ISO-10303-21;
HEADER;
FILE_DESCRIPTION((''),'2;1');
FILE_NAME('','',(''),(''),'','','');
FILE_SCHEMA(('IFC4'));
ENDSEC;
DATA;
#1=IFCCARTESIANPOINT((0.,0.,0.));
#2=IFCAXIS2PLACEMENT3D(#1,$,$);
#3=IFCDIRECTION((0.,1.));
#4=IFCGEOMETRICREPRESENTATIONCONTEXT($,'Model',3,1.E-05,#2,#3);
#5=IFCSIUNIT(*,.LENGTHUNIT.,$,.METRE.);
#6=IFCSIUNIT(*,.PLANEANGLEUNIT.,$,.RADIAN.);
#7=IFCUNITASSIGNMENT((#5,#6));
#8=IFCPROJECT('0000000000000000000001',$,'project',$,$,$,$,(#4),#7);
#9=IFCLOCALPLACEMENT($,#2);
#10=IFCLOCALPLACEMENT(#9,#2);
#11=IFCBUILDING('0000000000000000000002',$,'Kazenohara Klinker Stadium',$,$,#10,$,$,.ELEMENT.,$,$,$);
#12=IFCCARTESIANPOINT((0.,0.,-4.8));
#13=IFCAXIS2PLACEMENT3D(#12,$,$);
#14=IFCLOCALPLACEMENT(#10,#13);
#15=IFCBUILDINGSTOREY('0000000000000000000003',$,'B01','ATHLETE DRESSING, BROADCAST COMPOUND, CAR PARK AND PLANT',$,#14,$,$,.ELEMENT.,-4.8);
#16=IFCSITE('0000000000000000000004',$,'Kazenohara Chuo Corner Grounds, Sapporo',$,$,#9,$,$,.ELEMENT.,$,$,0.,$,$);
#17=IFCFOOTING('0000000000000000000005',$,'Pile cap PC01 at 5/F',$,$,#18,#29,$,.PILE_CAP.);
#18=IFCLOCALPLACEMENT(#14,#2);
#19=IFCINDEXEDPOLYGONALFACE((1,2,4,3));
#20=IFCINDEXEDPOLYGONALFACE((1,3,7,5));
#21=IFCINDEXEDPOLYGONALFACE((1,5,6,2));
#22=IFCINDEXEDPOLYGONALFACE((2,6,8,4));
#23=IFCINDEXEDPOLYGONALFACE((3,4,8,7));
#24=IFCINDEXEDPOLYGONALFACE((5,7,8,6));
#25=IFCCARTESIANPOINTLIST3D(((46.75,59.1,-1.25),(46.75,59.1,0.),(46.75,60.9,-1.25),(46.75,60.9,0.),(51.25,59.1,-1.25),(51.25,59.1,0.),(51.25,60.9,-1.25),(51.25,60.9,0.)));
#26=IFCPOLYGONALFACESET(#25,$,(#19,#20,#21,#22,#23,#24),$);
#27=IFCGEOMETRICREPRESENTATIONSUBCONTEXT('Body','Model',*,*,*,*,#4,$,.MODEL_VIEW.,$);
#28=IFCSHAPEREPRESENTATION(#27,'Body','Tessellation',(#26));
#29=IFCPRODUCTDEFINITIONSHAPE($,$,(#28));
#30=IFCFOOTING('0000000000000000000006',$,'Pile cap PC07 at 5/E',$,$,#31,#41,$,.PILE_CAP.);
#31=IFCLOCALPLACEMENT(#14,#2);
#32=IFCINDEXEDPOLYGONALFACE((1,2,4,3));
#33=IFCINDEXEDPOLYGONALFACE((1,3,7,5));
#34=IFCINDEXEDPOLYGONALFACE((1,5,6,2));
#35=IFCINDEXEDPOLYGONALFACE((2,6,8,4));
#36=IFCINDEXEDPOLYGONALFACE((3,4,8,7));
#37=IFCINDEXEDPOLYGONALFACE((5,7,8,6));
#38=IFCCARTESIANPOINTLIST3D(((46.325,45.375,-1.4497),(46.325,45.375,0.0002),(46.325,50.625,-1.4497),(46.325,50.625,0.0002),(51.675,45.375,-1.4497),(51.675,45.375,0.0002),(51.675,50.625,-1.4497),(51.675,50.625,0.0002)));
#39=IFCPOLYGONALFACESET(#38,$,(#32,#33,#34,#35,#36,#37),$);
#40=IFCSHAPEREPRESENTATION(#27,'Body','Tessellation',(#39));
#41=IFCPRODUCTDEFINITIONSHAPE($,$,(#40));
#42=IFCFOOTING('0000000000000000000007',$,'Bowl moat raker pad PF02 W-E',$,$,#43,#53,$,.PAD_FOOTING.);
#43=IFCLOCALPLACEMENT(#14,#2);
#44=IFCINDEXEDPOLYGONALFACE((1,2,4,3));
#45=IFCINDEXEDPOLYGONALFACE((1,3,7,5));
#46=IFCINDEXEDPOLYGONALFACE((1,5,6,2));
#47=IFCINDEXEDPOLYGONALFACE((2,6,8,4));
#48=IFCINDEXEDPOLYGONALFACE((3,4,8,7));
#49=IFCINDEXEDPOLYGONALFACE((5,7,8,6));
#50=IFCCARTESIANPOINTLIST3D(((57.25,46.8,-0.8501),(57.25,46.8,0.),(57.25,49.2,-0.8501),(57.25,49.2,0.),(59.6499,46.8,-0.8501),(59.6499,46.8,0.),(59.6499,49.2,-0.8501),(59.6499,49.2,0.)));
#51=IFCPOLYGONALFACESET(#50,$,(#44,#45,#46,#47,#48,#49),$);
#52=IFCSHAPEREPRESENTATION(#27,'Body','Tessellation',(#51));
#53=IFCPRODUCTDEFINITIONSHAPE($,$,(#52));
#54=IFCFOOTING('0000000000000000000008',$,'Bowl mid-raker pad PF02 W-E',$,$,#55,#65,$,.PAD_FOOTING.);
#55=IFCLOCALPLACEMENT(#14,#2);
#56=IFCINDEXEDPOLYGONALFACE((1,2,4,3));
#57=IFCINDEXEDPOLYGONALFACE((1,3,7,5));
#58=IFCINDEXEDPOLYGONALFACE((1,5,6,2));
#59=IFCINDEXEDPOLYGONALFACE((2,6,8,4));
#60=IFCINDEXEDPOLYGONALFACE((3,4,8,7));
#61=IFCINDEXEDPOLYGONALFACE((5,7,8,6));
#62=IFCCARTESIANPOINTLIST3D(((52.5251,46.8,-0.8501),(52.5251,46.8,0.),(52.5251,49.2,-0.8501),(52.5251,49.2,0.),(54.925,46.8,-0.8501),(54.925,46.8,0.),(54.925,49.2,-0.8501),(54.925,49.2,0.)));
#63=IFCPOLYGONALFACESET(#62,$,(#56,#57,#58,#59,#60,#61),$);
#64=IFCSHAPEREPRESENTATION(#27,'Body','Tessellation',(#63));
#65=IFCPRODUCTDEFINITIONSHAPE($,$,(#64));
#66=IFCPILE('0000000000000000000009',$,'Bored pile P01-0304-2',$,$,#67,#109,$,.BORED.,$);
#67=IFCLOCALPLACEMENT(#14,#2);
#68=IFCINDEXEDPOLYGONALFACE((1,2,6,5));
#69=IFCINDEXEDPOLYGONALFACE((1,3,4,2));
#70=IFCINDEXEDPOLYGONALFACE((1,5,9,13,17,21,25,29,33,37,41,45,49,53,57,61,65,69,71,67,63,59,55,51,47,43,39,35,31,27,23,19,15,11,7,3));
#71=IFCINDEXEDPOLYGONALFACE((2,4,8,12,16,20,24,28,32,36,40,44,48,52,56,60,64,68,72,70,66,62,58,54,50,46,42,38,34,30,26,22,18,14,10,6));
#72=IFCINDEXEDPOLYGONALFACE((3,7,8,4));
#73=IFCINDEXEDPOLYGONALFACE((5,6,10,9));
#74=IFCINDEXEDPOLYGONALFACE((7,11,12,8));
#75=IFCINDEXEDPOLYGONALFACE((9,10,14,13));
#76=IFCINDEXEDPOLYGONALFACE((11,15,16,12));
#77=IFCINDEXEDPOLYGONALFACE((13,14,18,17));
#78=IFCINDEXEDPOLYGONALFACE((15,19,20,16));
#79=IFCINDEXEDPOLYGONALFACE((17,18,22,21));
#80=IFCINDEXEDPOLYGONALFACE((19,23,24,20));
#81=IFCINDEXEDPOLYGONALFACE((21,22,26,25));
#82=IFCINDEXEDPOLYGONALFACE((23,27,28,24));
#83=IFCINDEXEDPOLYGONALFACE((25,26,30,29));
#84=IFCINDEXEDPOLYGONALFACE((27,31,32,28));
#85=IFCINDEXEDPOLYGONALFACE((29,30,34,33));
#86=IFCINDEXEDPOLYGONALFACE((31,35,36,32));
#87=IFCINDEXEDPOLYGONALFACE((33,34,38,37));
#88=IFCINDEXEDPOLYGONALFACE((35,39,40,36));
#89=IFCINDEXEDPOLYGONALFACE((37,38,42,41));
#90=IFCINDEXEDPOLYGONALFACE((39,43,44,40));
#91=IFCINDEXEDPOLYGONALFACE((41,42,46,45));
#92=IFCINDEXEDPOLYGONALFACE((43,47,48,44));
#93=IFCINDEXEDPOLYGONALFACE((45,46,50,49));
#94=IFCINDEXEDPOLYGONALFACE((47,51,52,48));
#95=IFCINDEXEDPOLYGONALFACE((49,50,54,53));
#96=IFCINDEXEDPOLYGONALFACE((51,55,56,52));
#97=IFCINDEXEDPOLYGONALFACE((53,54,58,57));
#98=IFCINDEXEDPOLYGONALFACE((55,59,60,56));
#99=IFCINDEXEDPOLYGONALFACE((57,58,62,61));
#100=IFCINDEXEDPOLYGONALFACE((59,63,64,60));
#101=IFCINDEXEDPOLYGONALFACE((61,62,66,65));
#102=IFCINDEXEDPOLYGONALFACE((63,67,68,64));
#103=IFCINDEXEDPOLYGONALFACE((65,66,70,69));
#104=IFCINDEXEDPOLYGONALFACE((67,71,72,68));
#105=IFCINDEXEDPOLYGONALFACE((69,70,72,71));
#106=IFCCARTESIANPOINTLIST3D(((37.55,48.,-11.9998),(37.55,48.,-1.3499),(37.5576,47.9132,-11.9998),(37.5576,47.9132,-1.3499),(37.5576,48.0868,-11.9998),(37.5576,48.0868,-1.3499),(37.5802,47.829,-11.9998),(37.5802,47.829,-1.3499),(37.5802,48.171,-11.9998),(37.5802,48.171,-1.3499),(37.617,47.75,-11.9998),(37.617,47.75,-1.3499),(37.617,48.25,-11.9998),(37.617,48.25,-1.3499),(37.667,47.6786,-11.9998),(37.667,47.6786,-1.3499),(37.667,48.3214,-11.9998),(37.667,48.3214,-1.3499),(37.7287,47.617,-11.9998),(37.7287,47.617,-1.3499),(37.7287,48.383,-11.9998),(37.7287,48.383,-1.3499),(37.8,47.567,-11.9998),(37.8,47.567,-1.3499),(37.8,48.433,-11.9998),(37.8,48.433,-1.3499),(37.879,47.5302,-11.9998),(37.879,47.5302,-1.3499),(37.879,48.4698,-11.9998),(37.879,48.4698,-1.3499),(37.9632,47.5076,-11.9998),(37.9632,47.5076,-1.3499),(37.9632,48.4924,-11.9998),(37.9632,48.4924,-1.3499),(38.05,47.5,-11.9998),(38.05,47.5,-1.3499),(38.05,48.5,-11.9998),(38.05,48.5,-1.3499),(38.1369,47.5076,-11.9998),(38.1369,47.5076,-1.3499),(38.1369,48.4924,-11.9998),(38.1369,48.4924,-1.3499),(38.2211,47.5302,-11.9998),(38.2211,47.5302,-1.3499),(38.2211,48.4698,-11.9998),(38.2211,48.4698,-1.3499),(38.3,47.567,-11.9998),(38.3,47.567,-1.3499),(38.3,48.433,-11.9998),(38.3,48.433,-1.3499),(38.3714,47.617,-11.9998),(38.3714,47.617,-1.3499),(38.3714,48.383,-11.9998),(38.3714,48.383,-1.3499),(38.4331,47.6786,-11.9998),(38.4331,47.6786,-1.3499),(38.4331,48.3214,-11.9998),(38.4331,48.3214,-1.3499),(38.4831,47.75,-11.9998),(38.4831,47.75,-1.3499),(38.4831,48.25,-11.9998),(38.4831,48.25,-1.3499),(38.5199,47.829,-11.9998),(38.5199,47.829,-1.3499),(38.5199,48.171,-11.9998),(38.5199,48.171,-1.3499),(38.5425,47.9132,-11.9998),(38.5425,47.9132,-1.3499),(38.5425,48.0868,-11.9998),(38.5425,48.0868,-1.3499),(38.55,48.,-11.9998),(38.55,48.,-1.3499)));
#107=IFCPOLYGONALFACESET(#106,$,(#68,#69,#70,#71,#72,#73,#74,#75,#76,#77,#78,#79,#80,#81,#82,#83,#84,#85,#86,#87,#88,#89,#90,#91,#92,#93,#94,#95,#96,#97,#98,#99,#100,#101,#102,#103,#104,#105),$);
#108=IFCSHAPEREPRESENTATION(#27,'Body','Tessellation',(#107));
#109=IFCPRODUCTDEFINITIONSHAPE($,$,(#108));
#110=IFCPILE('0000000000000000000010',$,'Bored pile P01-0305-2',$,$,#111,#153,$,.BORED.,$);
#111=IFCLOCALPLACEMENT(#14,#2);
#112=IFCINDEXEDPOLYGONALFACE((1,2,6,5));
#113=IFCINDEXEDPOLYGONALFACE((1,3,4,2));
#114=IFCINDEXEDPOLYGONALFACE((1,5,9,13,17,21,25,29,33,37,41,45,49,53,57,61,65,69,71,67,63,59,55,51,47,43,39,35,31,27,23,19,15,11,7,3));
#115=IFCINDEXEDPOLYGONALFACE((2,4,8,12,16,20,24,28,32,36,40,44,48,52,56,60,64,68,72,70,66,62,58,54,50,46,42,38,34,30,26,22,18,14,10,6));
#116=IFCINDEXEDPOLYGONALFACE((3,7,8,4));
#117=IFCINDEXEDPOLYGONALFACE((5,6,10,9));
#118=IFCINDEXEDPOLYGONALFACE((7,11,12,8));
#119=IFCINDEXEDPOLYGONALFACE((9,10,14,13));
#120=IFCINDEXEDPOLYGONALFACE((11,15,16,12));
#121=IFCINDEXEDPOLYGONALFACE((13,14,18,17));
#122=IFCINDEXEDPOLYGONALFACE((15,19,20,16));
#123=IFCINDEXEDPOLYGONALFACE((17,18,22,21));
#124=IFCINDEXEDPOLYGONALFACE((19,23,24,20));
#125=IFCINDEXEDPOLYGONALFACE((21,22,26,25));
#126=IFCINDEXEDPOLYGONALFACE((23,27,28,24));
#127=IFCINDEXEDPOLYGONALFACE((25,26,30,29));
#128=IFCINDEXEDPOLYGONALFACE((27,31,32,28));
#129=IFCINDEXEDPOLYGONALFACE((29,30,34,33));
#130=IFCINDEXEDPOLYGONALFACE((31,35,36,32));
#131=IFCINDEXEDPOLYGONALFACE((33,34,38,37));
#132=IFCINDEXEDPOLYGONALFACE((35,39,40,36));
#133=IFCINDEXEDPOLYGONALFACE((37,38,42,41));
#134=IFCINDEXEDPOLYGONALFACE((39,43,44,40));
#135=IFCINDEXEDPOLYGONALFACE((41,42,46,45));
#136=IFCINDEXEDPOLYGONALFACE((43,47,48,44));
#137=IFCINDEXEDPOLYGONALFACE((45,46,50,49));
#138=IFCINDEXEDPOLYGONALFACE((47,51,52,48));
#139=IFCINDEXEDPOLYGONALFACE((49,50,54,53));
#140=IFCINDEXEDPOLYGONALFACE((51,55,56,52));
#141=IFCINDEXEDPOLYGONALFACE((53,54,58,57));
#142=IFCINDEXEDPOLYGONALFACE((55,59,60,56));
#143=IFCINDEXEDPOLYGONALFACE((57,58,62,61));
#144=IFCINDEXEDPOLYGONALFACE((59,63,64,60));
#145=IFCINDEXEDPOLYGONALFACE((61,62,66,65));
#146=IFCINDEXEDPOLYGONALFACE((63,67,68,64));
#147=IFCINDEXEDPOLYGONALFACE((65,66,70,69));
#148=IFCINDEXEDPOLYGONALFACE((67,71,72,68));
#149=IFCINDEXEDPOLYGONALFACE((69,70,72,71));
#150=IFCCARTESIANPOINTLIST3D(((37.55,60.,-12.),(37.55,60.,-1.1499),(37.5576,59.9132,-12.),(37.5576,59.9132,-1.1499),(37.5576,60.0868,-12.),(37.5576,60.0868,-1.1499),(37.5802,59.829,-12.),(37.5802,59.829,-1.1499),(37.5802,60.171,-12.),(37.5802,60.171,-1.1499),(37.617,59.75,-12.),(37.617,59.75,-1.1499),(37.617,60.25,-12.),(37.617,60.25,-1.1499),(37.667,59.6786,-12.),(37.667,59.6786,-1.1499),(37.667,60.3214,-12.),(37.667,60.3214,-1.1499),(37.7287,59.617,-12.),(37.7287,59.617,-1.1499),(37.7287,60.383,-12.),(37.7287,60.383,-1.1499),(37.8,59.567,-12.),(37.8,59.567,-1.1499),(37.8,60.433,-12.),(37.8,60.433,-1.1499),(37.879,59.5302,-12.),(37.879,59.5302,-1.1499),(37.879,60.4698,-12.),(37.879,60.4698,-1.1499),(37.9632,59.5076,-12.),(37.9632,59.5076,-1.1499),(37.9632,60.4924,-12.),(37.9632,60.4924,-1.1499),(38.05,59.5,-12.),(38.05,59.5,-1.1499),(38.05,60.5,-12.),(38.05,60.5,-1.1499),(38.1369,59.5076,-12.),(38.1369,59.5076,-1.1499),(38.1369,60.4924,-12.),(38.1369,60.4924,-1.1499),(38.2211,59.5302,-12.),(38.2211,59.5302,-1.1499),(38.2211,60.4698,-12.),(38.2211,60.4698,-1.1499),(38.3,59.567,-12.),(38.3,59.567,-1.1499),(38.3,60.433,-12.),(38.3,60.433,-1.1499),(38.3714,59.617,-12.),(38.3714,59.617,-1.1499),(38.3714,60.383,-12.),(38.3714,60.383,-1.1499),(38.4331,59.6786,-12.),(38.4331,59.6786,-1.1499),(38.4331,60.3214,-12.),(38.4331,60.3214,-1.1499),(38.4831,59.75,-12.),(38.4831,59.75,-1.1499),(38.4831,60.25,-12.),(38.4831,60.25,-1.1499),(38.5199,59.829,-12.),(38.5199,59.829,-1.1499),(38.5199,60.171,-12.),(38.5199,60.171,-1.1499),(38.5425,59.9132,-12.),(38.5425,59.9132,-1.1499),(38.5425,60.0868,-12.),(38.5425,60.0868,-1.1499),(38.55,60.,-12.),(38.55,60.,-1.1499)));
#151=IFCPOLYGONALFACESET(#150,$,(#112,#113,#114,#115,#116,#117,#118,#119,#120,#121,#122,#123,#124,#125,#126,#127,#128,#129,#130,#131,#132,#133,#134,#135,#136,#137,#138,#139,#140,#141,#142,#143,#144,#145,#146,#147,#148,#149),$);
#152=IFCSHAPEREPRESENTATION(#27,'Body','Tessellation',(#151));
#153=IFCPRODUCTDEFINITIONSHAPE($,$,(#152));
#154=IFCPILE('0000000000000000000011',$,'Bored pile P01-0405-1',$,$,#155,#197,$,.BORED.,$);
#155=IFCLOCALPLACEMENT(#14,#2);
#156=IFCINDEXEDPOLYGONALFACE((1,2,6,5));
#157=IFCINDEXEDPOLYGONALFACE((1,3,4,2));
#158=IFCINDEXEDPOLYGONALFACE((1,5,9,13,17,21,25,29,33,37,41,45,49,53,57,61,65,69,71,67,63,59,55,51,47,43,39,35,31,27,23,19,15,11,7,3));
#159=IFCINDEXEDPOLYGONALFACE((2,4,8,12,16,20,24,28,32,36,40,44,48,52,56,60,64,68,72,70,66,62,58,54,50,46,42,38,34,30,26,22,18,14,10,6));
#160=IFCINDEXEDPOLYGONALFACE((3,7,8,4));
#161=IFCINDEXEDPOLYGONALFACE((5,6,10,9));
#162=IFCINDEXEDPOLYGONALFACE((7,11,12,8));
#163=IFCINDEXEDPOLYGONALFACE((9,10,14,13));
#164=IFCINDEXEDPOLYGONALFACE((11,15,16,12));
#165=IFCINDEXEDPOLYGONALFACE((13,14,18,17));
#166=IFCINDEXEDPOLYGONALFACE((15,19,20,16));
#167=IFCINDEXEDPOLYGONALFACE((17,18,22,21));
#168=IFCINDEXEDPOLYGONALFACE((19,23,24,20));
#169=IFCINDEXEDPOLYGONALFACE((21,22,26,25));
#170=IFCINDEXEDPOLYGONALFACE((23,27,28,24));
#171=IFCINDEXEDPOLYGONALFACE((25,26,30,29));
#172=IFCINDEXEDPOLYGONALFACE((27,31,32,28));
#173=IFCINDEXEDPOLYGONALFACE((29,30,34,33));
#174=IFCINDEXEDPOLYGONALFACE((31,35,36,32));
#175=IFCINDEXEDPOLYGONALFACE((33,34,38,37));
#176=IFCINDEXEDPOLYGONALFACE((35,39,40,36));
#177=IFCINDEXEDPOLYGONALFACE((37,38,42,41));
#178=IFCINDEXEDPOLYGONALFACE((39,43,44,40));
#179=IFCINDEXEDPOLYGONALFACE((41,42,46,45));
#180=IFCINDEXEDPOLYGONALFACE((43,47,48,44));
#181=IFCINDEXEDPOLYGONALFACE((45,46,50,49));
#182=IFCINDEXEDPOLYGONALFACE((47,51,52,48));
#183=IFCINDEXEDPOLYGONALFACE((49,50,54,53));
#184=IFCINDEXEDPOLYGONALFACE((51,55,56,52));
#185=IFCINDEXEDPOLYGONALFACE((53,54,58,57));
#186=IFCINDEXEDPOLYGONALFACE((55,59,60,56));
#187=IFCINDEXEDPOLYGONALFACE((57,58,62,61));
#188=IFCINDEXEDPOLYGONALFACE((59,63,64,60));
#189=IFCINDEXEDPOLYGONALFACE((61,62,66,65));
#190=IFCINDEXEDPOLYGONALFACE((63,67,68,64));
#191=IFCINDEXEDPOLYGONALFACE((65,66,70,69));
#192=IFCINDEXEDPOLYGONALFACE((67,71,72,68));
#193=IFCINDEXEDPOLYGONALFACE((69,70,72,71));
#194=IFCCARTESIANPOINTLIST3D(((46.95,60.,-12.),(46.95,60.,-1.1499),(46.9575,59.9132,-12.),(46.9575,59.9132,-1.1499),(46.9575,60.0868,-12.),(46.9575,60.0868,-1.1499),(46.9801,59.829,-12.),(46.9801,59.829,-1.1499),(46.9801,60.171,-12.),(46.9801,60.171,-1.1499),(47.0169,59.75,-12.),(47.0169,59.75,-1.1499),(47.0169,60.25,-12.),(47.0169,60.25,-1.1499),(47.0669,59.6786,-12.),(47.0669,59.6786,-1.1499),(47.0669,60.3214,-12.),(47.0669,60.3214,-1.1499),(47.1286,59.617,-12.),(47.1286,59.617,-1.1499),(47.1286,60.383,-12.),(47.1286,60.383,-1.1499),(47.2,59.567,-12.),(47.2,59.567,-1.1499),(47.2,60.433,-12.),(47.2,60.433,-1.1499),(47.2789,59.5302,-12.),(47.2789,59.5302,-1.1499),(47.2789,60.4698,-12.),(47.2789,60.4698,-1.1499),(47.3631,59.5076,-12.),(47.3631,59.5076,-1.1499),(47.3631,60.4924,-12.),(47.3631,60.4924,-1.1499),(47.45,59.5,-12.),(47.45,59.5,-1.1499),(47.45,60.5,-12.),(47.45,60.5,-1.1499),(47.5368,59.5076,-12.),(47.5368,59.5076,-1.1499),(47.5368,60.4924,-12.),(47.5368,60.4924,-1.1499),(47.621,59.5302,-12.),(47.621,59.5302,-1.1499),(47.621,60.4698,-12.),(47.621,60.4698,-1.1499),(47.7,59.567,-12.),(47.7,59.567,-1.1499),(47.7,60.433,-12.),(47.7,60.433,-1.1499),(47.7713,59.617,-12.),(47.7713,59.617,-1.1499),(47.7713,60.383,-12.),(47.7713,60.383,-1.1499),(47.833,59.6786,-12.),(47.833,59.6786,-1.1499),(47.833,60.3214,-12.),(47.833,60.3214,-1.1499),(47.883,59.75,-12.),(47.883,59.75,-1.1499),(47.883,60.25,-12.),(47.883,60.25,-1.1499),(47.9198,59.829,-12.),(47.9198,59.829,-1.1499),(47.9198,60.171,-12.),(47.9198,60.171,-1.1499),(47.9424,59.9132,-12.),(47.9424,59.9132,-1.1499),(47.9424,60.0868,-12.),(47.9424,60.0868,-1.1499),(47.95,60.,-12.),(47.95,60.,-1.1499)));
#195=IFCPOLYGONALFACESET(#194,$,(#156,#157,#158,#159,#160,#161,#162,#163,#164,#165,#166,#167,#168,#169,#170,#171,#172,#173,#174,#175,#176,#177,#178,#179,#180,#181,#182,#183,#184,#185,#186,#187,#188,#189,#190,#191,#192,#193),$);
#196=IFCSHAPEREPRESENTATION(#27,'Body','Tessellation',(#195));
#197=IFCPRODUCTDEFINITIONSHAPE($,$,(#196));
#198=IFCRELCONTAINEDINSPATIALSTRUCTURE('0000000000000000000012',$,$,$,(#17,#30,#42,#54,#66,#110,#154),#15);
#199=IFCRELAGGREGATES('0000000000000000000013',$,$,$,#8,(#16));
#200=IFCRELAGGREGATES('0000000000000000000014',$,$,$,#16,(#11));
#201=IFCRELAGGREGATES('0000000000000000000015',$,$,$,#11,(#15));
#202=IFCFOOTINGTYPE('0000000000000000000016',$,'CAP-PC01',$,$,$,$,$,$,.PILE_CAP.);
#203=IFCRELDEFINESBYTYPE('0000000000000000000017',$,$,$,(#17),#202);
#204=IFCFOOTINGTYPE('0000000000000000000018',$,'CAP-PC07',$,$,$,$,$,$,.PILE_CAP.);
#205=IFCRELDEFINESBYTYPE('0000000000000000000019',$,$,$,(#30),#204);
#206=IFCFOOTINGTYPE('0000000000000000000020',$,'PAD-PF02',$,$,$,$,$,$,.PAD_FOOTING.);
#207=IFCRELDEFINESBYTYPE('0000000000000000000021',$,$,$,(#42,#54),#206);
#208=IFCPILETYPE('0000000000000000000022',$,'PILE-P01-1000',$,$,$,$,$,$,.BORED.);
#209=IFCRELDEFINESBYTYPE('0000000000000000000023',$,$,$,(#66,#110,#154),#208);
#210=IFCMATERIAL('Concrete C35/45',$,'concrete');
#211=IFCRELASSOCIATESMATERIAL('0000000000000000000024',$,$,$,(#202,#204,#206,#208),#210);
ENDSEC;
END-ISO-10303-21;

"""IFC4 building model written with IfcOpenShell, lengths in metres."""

from ifc_helpers import new_model, si_unit, direction, frame, origin, origin_2d, place, context, subcontext, project, spatial, rectangle, circle, extrude, material, material_profile, profile_set, type_object, element, save


model = new_model("IFC4")

# Units and contexts
model_context = context("Model", 3, precision=1e-05, world=origin(), true_north=direction((0.0, 1.0)))
body_context = subcontext(model_context, "Body", "Model", "MODEL_VIEW")
ifc_project = project(units=[si_unit("LENGTHUNIT", "METRE"), si_unit("PLANEANGLEUNIT", "RADIAN")], contexts=[model_context])

# Site, building, storey
site_placement = place(None, origin())
site = spatial("IfcSite", under=ifc_project, at=site_placement, Name="Kazenohara Chuo Corner Grounds, Sapporo", CompositionType="ELEMENT", RefElevation=0.0)
building_placement = place(site_placement, origin())
building = spatial("IfcBuilding", under=site, at=building_placement, Name="Kazenohara Klinker Stadium", CompositionType="ELEMENT")
storey_placement = place(building_placement, frame((0.0, 0.0, -4.8)))
storey = spatial("IfcBuildingStorey", under=building, at=storey_placement, Name="B01", Description="ATHLETE DRESSING, BROADCAST COMPOUND, CAR PARK AND PLANT", CompositionType="ELEMENT", Elevation=-4.8)

# Footings
ifc_material_1 = material(Name="Concrete C35/45", Category="concrete")
footing_type_1 = type_object("IfcFootingType", Name="CAP-PC01", PredefinedType="PILE_CAP", material=ifc_material_1)
footing_1_placement = place(storey_placement, frame((49.0, 60.0, -1.25), z_axis=(0.0, 0.0, 1.0), x_axis=(1.0, 0.0, 0.0)))
element("IfcFooting", 1, at=footing_1_placement, inside=storey, type_object=footing_type_1, Name="Pile cap PC01 at 5/F", PredefinedType="PILE_CAP", context=body_context, shape_type="SweptSolid", body=[
    extrude(rectangle(XDim=4.5, YDim=1.8, at=origin_2d()), origin(), (0.0, 0.0, 1.0), 1.25),
])
footing_type_2 = type_object("IfcFootingType", Name="CAP-PC07", PredefinedType="PILE_CAP", material=ifc_material_1)
footing_2_placement = place(storey_placement, frame((49.0, 48.0, -1.4497), z_axis=(0.0, 0.0, 1.0), x_axis=(1.0, 0.0, 0.0)))
element("IfcFooting", 2, at=footing_2_placement, inside=storey, type_object=footing_type_2, Name="Pile cap PC07 at 5/E", PredefinedType="PILE_CAP", context=body_context, shape_type="SweptSolid", body=[
    extrude(rectangle(XDim=5.3501, YDim=5.25, at=origin_2d()), origin(), (0.0, 0.0, 1.0), 1.45),
])
footing_type_3 = type_object("IfcFootingType", Name="PAD-PF02", PredefinedType="PAD_FOOTING", material=ifc_material_1)
for number, where, z_axis, x_axis, name in (
    (3, (58.45, 48.0, -0.8501), (0.0, 0.0, 1.0), (1.0, 0.0, 0.0), "Bowl moat raker pad PF02 W-E"),
    (4, (53.7251, 48.0, -0.8501), (0.0, 0.0, 1.0), (1.0, 0.0, 0.0), "Bowl mid-raker pad PF02 W-E"),
):
    element("IfcFooting", number, at=place(storey_placement, frame(where, z_axis=z_axis, x_axis=x_axis)), inside=storey, type_object=footing_type_3, Name=name, PredefinedType="PAD_FOOTING", context=body_context, shape_type="SweptSolid", body=[
        extrude(rectangle(XDim=2.3999, YDim=2.3999, at=origin_2d()), origin(), (0.0, 0.0, 1.0), 0.8501),
    ])

# Piles
ifc_material_profile_1 = material_profile(ifc_material_1, circle(Radius=0.5, at=origin_2d()), Name="BORED-PILE-1000")
ifc_profile_set_1 = profile_set([ifc_material_profile_1], Name="Concrete C35/45")
pile_type_1 = type_object("IfcPileType", Name="PILE-P01-1000", PredefinedType="BORED", material=ifc_profile_set_1)
pile_placement = place(storey_placement, frame((38.05, 48.0, -1.3499), z_axis=(0.0, 0.0, -1.0), x_axis=(1.0, 0.0, 0.0)))
element("IfcPile", 5, at=pile_placement, inside=storey, type_object=pile_type_1, Name="Bored pile P01-0304-2", PredefinedType="BORED", context=body_context, shape_type="SweptSolid", body=[
    extrude(circle(Radius=0.5, at=origin_2d()), origin(), (0.0, 0.0, 1.0), 10.6499),
])
for number, where, z_axis, x_axis, name in (
    (6, (38.05, 60.0, -1.1499), (0.0, 0.0, -1.0), (1.0, 0.0, 0.0), "Bored pile P01-0305-2"),
    (7, (47.45, 60.0, -1.1499), (0.0, 0.0, -1.0), (1.0, 0.0, 0.0), "Bored pile P01-0405-1"),
):
    element("IfcPile", number, at=place(storey_placement, frame(where, z_axis=z_axis, x_axis=x_axis)), inside=storey, type_object=pile_type_1, Name=name, PredefinedType="BORED", context=body_context, shape_type="SweptSolid", body=[
        extrude(circle(Radius=0.5, at=origin_2d()), origin(), (0.0, 0.0, 1.0), 10.8501),
    ])

save(model, "model.ifc")
